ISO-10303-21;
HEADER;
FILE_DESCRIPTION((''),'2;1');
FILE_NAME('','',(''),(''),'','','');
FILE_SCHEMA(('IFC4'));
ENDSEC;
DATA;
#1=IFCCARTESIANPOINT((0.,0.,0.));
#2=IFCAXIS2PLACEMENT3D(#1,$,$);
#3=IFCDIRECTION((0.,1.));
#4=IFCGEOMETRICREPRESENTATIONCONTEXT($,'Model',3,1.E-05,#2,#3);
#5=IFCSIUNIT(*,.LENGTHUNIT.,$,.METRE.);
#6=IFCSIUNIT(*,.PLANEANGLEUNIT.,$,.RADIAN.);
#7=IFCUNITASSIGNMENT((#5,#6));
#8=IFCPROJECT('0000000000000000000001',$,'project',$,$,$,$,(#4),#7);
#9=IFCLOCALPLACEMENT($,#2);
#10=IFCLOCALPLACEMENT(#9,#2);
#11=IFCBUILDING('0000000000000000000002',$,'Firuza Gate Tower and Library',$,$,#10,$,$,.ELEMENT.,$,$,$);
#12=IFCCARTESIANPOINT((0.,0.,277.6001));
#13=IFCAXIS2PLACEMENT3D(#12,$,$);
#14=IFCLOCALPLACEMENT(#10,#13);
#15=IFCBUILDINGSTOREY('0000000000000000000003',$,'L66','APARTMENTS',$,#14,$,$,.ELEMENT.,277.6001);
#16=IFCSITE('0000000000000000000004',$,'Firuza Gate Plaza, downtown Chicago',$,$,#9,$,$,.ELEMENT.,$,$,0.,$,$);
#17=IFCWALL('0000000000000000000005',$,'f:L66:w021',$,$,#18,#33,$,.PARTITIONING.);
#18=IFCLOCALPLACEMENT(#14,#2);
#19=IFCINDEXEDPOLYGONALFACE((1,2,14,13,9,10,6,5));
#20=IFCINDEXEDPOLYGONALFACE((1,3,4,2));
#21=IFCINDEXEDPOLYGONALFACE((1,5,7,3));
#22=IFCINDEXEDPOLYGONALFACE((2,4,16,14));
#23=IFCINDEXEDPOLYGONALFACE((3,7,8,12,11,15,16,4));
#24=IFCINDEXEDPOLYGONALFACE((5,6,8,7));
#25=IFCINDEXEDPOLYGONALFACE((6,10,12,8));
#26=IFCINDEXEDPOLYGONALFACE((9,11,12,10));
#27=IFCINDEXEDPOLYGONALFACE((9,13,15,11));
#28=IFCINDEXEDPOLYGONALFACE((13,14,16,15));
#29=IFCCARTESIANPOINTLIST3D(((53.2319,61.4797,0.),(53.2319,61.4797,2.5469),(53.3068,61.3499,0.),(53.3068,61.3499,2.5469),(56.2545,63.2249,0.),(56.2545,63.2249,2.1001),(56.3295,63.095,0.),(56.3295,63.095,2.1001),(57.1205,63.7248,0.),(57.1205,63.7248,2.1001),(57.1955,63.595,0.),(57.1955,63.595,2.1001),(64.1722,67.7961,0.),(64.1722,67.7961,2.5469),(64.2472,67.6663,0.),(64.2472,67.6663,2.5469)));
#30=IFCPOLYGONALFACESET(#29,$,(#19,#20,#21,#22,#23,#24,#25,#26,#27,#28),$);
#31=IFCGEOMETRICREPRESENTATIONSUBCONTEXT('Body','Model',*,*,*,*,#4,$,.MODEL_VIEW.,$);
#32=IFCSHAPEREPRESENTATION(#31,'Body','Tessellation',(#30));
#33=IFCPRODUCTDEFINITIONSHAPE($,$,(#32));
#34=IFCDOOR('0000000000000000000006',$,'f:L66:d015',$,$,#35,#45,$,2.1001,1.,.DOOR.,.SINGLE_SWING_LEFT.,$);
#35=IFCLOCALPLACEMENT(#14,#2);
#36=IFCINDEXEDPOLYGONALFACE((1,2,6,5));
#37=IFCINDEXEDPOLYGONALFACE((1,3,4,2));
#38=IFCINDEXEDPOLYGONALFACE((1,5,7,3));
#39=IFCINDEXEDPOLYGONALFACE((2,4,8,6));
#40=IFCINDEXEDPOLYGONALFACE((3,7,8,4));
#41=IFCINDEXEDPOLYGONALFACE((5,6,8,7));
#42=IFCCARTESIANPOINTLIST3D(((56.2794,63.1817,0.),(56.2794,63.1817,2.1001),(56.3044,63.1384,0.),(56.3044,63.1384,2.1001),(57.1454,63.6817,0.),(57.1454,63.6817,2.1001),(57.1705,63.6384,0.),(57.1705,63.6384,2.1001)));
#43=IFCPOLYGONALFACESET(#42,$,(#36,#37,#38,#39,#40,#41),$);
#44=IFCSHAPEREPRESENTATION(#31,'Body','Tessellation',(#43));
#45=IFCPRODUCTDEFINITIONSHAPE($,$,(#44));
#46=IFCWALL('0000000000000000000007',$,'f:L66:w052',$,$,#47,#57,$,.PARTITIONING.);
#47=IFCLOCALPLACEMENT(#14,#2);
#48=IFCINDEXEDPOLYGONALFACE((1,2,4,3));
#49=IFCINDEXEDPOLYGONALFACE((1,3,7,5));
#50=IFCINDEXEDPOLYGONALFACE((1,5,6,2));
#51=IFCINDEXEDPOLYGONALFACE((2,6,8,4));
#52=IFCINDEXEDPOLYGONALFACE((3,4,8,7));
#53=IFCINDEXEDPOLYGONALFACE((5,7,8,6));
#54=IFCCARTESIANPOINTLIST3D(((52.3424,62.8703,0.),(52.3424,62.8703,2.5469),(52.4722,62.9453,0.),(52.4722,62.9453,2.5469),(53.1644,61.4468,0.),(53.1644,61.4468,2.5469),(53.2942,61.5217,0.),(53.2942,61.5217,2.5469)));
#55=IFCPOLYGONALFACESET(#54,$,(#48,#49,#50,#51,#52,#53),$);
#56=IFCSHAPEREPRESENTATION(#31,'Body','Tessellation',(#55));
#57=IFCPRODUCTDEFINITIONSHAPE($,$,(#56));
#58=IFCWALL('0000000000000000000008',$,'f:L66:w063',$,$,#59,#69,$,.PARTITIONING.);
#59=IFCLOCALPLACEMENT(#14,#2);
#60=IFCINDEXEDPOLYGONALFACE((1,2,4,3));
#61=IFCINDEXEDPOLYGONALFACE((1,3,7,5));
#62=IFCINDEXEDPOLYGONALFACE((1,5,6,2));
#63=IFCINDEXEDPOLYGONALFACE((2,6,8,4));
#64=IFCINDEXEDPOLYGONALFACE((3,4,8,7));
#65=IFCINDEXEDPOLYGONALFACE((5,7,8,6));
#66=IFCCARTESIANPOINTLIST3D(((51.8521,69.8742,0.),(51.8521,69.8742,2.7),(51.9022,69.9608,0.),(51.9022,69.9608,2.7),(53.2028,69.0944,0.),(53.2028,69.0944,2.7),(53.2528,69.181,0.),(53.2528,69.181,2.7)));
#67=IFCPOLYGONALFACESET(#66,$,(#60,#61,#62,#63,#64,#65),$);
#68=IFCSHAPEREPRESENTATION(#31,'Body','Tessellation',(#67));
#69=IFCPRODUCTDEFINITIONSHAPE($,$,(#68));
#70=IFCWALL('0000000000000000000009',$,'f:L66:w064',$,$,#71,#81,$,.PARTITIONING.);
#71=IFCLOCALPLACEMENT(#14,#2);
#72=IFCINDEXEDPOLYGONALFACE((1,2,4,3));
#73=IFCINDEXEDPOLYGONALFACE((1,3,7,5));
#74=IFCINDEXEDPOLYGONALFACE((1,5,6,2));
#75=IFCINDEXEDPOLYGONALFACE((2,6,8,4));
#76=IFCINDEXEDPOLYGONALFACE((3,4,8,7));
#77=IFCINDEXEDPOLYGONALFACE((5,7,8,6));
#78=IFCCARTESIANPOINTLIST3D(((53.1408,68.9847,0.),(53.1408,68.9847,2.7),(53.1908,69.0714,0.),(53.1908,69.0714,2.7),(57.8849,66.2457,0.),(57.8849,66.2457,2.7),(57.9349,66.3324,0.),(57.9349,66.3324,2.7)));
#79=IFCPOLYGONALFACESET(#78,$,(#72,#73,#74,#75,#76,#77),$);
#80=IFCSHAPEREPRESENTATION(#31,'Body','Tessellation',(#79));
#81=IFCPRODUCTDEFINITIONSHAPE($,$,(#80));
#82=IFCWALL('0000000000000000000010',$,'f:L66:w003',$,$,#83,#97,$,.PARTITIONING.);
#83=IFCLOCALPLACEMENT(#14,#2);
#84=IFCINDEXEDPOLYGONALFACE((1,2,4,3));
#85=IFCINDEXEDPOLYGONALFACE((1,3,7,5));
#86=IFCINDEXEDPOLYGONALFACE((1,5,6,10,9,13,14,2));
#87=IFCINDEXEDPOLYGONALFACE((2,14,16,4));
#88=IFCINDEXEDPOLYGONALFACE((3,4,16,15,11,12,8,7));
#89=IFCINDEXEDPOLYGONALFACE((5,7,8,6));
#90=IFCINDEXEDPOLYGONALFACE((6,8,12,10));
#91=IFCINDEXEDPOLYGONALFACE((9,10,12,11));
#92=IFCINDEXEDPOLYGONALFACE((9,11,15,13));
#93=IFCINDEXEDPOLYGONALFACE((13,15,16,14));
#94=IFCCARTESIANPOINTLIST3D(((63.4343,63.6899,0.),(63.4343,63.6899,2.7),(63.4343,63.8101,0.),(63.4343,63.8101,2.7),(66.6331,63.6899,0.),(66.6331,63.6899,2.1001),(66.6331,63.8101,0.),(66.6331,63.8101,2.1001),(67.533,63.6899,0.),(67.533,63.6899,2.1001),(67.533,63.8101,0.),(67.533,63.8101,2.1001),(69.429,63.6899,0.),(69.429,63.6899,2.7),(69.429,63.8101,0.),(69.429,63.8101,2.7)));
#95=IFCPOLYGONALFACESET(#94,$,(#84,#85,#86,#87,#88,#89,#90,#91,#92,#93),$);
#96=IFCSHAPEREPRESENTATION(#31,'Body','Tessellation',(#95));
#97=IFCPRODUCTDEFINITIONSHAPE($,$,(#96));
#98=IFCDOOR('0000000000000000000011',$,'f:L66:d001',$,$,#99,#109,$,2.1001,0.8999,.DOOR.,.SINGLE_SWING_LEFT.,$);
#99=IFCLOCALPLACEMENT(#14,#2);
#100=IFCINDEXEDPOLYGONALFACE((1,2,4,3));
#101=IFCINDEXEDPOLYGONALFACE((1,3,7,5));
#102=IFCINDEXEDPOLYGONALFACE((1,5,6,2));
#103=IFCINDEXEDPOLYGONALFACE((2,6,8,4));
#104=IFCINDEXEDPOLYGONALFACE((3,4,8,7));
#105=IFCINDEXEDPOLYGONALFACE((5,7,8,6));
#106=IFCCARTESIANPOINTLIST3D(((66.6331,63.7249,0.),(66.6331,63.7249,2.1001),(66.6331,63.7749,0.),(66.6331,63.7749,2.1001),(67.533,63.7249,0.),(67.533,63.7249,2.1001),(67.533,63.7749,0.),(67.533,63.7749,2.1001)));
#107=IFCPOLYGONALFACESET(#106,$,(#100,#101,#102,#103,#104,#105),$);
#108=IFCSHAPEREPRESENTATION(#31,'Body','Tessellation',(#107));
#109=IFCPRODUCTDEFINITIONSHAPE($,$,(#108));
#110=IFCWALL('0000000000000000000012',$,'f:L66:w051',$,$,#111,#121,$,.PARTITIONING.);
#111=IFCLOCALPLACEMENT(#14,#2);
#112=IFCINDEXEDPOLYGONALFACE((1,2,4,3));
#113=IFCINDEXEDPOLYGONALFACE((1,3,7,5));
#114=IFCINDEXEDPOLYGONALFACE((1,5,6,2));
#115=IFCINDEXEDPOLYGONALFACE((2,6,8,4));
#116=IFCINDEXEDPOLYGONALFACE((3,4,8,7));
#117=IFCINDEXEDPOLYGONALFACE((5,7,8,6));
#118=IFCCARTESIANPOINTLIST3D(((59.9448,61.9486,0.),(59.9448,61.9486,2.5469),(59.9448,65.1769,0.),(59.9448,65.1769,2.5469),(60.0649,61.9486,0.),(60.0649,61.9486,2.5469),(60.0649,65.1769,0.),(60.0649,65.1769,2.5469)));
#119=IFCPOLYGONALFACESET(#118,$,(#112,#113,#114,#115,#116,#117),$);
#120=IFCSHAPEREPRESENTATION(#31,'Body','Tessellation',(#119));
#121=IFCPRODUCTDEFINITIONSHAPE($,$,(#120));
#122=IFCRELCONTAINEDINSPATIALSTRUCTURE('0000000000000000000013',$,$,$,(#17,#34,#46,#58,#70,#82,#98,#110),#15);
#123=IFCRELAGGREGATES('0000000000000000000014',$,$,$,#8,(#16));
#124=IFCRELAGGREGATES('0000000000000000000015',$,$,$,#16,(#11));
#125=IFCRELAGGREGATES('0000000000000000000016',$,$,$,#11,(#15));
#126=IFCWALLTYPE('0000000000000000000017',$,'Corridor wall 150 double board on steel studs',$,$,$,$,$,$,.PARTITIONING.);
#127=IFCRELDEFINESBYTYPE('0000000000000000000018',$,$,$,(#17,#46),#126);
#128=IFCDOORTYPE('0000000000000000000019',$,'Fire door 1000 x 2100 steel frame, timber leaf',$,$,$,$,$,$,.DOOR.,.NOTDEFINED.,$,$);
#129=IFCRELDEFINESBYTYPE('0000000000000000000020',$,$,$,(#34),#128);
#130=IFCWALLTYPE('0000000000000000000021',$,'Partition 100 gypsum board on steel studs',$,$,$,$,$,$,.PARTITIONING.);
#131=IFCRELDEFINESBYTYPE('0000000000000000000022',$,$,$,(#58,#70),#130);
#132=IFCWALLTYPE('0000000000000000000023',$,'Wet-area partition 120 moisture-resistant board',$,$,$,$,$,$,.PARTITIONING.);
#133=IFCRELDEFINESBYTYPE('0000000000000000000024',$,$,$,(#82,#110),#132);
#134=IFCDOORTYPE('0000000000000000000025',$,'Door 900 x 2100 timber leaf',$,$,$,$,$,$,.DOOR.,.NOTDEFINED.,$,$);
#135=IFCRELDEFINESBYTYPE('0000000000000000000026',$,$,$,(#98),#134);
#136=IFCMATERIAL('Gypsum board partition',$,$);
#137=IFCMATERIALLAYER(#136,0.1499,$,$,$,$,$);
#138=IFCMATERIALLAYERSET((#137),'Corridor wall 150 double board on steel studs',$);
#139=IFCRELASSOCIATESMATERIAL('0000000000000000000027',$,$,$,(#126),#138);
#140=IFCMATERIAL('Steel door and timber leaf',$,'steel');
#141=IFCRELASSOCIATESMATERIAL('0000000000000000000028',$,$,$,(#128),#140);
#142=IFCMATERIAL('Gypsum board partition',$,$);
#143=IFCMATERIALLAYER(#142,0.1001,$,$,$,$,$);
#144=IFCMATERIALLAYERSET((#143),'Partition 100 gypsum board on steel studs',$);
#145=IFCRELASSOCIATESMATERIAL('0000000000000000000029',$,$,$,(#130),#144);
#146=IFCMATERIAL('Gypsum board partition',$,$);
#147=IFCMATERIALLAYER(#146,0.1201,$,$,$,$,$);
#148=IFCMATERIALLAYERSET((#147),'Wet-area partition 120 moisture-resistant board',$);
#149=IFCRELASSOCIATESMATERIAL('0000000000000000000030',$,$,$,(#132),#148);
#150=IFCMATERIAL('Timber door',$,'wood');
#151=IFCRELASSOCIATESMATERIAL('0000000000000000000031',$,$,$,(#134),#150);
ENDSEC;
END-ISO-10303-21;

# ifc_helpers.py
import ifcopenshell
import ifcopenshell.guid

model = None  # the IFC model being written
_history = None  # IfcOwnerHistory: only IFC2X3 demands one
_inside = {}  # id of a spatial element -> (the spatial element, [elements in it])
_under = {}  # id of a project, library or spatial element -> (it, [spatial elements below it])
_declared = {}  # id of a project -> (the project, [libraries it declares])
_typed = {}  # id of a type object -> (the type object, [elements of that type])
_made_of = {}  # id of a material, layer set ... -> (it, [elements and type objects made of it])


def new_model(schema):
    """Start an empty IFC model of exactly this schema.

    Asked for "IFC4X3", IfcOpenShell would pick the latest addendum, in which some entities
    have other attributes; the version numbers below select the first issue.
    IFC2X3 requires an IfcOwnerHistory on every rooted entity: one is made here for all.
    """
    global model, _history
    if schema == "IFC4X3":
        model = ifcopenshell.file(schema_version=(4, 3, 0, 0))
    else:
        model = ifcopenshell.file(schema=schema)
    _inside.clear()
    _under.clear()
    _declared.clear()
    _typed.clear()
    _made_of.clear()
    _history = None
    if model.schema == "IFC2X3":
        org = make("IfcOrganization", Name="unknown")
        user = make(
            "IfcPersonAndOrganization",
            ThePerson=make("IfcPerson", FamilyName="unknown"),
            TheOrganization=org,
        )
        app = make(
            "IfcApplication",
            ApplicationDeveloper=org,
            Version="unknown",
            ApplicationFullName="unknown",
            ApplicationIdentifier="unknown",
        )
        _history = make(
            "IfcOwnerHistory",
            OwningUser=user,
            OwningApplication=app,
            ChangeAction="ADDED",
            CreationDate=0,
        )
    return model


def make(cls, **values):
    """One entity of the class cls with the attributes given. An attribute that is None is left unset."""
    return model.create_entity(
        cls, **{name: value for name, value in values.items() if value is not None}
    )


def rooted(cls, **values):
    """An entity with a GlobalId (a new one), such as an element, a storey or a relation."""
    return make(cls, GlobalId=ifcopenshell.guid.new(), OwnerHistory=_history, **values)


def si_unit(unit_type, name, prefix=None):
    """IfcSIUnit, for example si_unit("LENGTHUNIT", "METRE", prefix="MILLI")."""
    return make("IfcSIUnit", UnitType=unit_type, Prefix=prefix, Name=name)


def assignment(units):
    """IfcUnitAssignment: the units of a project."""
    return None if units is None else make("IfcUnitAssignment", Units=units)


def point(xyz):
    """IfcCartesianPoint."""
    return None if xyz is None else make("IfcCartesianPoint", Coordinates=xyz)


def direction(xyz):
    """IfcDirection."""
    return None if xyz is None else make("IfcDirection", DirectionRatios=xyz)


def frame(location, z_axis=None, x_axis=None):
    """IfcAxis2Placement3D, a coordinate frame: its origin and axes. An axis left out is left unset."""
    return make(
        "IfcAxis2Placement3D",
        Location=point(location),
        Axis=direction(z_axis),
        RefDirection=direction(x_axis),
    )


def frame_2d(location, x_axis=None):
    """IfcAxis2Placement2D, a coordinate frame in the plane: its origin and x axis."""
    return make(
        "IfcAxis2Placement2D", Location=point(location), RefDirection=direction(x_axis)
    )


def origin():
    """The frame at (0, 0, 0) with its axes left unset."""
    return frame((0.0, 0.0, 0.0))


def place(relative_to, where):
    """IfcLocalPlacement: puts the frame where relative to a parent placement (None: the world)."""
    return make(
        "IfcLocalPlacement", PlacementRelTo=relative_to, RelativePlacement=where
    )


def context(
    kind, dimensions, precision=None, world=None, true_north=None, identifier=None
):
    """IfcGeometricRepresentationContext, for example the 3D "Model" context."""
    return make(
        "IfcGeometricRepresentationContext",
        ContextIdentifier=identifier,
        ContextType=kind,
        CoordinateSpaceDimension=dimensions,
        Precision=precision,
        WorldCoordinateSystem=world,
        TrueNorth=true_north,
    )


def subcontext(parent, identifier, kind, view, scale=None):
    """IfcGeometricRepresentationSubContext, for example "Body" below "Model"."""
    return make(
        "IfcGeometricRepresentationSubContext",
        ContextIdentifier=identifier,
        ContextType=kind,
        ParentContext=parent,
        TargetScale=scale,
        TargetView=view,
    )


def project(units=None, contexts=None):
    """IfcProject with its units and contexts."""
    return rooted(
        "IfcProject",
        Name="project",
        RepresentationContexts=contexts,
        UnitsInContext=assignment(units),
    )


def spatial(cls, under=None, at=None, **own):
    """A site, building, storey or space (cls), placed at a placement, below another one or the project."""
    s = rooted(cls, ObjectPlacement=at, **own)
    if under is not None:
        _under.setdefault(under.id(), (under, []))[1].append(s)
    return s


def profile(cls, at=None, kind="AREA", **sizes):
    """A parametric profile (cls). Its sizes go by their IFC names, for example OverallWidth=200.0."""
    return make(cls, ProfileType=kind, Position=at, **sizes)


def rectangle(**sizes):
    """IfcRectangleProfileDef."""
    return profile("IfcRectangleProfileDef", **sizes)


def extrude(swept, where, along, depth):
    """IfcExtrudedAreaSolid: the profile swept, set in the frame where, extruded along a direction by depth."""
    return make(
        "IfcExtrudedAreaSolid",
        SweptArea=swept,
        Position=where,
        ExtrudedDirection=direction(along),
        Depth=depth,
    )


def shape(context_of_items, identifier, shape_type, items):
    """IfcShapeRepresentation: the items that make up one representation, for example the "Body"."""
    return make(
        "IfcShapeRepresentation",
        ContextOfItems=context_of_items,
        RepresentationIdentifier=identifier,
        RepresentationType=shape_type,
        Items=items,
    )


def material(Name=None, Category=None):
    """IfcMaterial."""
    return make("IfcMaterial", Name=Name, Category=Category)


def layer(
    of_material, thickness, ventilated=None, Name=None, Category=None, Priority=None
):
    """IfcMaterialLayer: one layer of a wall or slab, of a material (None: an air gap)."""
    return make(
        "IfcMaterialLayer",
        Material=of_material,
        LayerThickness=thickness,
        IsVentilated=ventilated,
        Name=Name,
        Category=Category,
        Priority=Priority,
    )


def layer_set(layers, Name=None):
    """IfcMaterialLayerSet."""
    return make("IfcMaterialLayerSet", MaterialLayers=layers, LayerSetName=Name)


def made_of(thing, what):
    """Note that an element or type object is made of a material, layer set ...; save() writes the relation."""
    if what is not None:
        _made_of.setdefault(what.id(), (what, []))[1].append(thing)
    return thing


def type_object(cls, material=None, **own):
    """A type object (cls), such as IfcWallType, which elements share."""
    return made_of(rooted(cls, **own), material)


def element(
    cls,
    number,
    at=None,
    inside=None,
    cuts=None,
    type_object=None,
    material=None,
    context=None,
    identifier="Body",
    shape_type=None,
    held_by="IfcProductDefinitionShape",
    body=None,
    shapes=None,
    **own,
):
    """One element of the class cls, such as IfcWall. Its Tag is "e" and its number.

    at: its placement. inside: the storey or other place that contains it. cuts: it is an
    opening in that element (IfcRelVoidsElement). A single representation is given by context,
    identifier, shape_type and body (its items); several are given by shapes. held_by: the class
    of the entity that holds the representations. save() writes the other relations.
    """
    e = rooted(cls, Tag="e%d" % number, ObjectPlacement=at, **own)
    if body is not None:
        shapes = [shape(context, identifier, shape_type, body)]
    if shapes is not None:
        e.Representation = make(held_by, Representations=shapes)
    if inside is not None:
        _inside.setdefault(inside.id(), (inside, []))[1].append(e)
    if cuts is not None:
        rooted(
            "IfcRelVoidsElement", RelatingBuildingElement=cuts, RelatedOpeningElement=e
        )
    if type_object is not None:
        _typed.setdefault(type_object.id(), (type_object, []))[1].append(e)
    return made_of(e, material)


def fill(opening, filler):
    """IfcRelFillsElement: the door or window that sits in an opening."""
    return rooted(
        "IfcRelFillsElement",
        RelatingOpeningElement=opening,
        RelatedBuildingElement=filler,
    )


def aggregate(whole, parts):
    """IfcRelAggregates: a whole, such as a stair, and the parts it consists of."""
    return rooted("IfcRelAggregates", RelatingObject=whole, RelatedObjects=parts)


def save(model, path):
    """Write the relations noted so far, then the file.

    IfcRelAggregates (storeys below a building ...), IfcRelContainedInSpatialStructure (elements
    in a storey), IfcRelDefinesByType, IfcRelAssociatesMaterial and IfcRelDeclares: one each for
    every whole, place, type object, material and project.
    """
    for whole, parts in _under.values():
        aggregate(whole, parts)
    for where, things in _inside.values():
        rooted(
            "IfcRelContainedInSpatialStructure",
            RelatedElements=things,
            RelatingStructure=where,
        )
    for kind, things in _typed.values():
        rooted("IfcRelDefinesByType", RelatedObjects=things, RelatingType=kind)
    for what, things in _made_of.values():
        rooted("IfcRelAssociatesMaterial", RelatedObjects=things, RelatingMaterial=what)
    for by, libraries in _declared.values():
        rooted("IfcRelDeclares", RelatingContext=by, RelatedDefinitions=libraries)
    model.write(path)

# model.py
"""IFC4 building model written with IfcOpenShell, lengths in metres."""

from ifc_helpers import new_model, si_unit, direction, frame, frame_2d, origin, place, context, subcontext, project, spatial, rectangle, extrude, material, layer, layer_set, type_object, element, fill, save


model = new_model("IFC4")

# Units and contexts
model_context = context("Model", 3, precision=1e-05, world=origin(), true_north=direction((0.0, 1.0)))
body_context = subcontext(model_context, "Body", "Model", "MODEL_VIEW")
ifc_project = project(units=[si_unit("LENGTHUNIT", "METRE"), si_unit("PLANEANGLEUNIT", "RADIAN")], contexts=[model_context])

# Site, building, storey
site_placement = place(None, origin())
site = spatial("IfcSite", under=ifc_project, at=site_placement, Name="Firuza Gate Plaza, downtown Chicago", CompositionType="ELEMENT", RefElevation=0.0)
building_placement = place(site_placement, origin())
building = spatial("IfcBuilding", under=site, at=building_placement, Name="Firuza Gate Tower and Library", CompositionType="ELEMENT")
storey_placement = place(building_placement, frame((0.0, 0.0, 277.6001)))
storey = spatial("IfcBuildingStorey", under=building, at=storey_placement, Name="L66", Description="APARTMENTS", CompositionType="ELEMENT", Elevation=277.6001)

# Wall, opening, door
ifc_material_1 = material(Name="Gypsum board partition")
ifc_layer_1 = layer(ifc_material_1, 0.1499)
ifc_layer_set_1 = layer_set([ifc_layer_1], Name="Corridor wall 150 double board on steel studs")
wall_type_1 = type_object("IfcWallType", Name="Corridor wall 150 double board on steel studs", PredefinedType="PARTITIONING", material=ifc_layer_set_1)
wall_1_placement = place(storey_placement, frame((64.2097, 67.7312, 0.0), z_axis=(0.0, 0.0, 1.0), x_axis=(-0.866027, -0.499997, 0.0)))
wall_1 = element("IfcWall", 1, at=wall_1_placement, inside=storey, type_object=wall_type_1, Name="f:L66:w021", PredefinedType="PARTITIONING", context=body_context, shape_type="SweptSolid", body=[
    extrude(rectangle(XDim=12.6328, YDim=0.1499, at=frame_2d((6.3164, 0.0))), origin(), (0.0, 0.0, 1.0), 2.5469),
])
opening_1_placement = place(wall_1_placement, frame((8.1426, 0.0, 0.0)))
opening_1 = element("IfcOpeningElement", 2, at=opening_1_placement, cuts=wall_1, PredefinedType="OPENING", context=body_context, shape_type="SweptSolid", body=[
    extrude(rectangle(XDim=1.0, YDim=2.1001, at=frame_2d((0.5, 1.05))), frame((0.0, 0.085, 0.0), z_axis=(0.0, -1.0, 0.0), x_axis=(1.0, 0.0, 0.0)), (0.0, 0.0, 1.0), 0.1699),
])
ifc_material_2 = material(Name="Steel door and timber leaf", Category="steel")
door_type_1 = type_object("IfcDoorType", Name="Fire door 1000 x 2100 steel frame, timber leaf", OperationType="NOTDEFINED", PredefinedType="DOOR", material=ifc_material_2)
door_1_placement = place(opening_1_placement, origin())
door_1 = element("IfcDoor", 3, at=door_1_placement, inside=storey, type_object=door_type_1, Name="f:L66:d015", OperationType="SINGLE_SWING_LEFT", OverallHeight=2.1001, OverallWidth=1.0, PredefinedType="DOOR", context=body_context, shape_type="SweptSolid", body=[
    extrude(rectangle(XDim=1.0, YDim=2.1001, at=frame_2d((0.5, 1.05))), frame((0.0, 0.0249, 0.0), z_axis=(0.0, -1.0, 0.0), x_axis=(1.0, 0.0, 0.0)), (0.0, 0.0, 1.0), 0.05),
])
fill(opening_1, door_1)

# Walls
wall_2_placement = place(storey_placement, frame((53.2292, 61.4844, 0.0), z_axis=(0.0, 0.0, 1.0), x_axis=(-0.500052, 0.865995, 0.0)))
element("IfcWall", 4, at=wall_2_placement, inside=storey, type_object=wall_type_1, Name="f:L66:w052", PredefinedType="PARTITIONING", context=body_context, shape_type="SweptSolid", body=[
    extrude(rectangle(XDim=1.6438, YDim=0.1499, at=frame_2d((0.8218, 0.0))), origin(), (0.0, 0.0, 1.0), 2.5469),
])
ifc_material_3 = material(Name="Gypsum board partition")
ifc_layer_2 = layer(ifc_material_3, 0.1001)
ifc_layer_set_2 = layer_set([ifc_layer_2], Name="Partition 100 gypsum board on steel studs")
wall_type_2 = type_object("IfcWallType", Name="Partition 100 gypsum board on steel studs", PredefinedType="PARTITIONING", material=ifc_layer_set_2)
wall_3_placement = place(storey_placement, frame((53.2278, 69.1377, 0.0), z_axis=(0.0, 0.0, 1.0), x_axis=(-0.866019, 0.500012, 0.0)))
element("IfcWall", 5, at=wall_3_placement, inside=storey, type_object=wall_type_2, Name="f:L66:w063", PredefinedType="PARTITIONING", context=body_context, shape_type="SweptSolid", body=[
    extrude(rectangle(XDim=1.5596, YDim=0.1001, at=frame_2d((0.7798, 0.0))), origin(), (0.0, 0.0, 1.0), 2.7),
])
wall_4_placement = place(storey_placement, frame((57.9099, 66.2891, 0.0), z_axis=(0.0, 0.0, 1.0), x_axis=(-0.866027, 0.499998, 0.0)))
element("IfcWall", 6, at=wall_4_placement, inside=storey, type_object=wall_type_2, Name="f:L66:w064", PredefinedType="PARTITIONING", context=body_context, shape_type="SweptSolid", body=[
    extrude(rectangle(XDim=5.478, YDim=0.1001, at=frame_2d((2.739, 0.0))), origin(), (0.0, 0.0, 1.0), 2.7),
])

# Wall, opening, door
ifc_material_4 = material(Name="Gypsum board partition")
ifc_layer_3 = layer(ifc_material_4, 0.1201)
ifc_layer_set_3 = layer_set([ifc_layer_3], Name="Wet-area partition 120 moisture-resistant board")
wall_type_3 = type_object("IfcWallType", Name="Wet-area partition 120 moisture-resistant board", PredefinedType="PARTITIONING", material=ifc_layer_set_3)
wall_5_placement = place(storey_placement, frame((63.4343, 63.75, 0.0), z_axis=(0.0, 0.0, 1.0), x_axis=(1.0, 0.0, 0.0)))
wall_5 = element("IfcWall", 7, at=wall_5_placement, inside=storey, type_object=wall_type_3, Name="f:L66:w003", PredefinedType="PARTITIONING", context=body_context, shape_type="SweptSolid", body=[
    extrude(rectangle(XDim=5.9946, YDim=0.1201, at=frame_2d((2.9973, 0.0))), origin(), (0.0, 0.0, 1.0), 2.7),
])
opening_2_placement = place(wall_5_placement, frame((3.1987, 0.0, 0.0)))
opening_2 = element("IfcOpeningElement", 8, at=opening_2_placement, cuts=wall_5, PredefinedType="OPENING", context=body_context, shape_type="SweptSolid", body=[
    extrude(rectangle(XDim=0.8999, YDim=2.1001, at=frame_2d((0.45, 1.05))), frame((0.0, 0.0701, 0.0), z_axis=(0.0, -1.0, 0.0), x_axis=(1.0, 0.0, 0.0)), (0.0, 0.0, 1.0), 0.1401),
])
ifc_material_5 = material(Name="Timber door", Category="wood")
door_type_2 = type_object("IfcDoorType", Name="Door 900 x 2100 timber leaf", OperationType="NOTDEFINED", PredefinedType="DOOR", material=ifc_material_5)
door_2_placement = place(opening_2_placement, origin())
door_2 = element("IfcDoor", 9, at=door_2_placement, inside=storey, type_object=door_type_2, Name="f:L66:d001", OperationType="SINGLE_SWING_LEFT", OverallHeight=2.1001, OverallWidth=0.8999, PredefinedType="DOOR", context=body_context, shape_type="SweptSolid", body=[
    extrude(rectangle(XDim=0.8999, YDim=2.1001, at=frame_2d((0.45, 1.05))), frame((0.0, 0.0249, 0.0), z_axis=(0.0, -1.0, 0.0), x_axis=(1.0, 0.0, 0.0)), (0.0, 0.0, 1.0), 0.05),
])
fill(opening_2, door_2)

# Wall
wall_6_placement = place(storey_placement, frame((60.0049, 61.9485, 0.0), z_axis=(0.0, 0.0, 1.0), x_axis=(0.0, 1.0, 0.0)))
element("IfcWall", 10, at=wall_6_placement, inside=storey, type_object=wall_type_3, Name="f:L66:w051", PredefinedType="PARTITIONING", context=body_context, shape_type="SweptSolid", body=[
    extrude(rectangle(XDim=3.2283, YDim=0.1201, at=frame_2d((1.6143, 0.0))), origin(), (0.0, 0.0, 1.0), 2.5469),
])

save(model, "model.ifc")
